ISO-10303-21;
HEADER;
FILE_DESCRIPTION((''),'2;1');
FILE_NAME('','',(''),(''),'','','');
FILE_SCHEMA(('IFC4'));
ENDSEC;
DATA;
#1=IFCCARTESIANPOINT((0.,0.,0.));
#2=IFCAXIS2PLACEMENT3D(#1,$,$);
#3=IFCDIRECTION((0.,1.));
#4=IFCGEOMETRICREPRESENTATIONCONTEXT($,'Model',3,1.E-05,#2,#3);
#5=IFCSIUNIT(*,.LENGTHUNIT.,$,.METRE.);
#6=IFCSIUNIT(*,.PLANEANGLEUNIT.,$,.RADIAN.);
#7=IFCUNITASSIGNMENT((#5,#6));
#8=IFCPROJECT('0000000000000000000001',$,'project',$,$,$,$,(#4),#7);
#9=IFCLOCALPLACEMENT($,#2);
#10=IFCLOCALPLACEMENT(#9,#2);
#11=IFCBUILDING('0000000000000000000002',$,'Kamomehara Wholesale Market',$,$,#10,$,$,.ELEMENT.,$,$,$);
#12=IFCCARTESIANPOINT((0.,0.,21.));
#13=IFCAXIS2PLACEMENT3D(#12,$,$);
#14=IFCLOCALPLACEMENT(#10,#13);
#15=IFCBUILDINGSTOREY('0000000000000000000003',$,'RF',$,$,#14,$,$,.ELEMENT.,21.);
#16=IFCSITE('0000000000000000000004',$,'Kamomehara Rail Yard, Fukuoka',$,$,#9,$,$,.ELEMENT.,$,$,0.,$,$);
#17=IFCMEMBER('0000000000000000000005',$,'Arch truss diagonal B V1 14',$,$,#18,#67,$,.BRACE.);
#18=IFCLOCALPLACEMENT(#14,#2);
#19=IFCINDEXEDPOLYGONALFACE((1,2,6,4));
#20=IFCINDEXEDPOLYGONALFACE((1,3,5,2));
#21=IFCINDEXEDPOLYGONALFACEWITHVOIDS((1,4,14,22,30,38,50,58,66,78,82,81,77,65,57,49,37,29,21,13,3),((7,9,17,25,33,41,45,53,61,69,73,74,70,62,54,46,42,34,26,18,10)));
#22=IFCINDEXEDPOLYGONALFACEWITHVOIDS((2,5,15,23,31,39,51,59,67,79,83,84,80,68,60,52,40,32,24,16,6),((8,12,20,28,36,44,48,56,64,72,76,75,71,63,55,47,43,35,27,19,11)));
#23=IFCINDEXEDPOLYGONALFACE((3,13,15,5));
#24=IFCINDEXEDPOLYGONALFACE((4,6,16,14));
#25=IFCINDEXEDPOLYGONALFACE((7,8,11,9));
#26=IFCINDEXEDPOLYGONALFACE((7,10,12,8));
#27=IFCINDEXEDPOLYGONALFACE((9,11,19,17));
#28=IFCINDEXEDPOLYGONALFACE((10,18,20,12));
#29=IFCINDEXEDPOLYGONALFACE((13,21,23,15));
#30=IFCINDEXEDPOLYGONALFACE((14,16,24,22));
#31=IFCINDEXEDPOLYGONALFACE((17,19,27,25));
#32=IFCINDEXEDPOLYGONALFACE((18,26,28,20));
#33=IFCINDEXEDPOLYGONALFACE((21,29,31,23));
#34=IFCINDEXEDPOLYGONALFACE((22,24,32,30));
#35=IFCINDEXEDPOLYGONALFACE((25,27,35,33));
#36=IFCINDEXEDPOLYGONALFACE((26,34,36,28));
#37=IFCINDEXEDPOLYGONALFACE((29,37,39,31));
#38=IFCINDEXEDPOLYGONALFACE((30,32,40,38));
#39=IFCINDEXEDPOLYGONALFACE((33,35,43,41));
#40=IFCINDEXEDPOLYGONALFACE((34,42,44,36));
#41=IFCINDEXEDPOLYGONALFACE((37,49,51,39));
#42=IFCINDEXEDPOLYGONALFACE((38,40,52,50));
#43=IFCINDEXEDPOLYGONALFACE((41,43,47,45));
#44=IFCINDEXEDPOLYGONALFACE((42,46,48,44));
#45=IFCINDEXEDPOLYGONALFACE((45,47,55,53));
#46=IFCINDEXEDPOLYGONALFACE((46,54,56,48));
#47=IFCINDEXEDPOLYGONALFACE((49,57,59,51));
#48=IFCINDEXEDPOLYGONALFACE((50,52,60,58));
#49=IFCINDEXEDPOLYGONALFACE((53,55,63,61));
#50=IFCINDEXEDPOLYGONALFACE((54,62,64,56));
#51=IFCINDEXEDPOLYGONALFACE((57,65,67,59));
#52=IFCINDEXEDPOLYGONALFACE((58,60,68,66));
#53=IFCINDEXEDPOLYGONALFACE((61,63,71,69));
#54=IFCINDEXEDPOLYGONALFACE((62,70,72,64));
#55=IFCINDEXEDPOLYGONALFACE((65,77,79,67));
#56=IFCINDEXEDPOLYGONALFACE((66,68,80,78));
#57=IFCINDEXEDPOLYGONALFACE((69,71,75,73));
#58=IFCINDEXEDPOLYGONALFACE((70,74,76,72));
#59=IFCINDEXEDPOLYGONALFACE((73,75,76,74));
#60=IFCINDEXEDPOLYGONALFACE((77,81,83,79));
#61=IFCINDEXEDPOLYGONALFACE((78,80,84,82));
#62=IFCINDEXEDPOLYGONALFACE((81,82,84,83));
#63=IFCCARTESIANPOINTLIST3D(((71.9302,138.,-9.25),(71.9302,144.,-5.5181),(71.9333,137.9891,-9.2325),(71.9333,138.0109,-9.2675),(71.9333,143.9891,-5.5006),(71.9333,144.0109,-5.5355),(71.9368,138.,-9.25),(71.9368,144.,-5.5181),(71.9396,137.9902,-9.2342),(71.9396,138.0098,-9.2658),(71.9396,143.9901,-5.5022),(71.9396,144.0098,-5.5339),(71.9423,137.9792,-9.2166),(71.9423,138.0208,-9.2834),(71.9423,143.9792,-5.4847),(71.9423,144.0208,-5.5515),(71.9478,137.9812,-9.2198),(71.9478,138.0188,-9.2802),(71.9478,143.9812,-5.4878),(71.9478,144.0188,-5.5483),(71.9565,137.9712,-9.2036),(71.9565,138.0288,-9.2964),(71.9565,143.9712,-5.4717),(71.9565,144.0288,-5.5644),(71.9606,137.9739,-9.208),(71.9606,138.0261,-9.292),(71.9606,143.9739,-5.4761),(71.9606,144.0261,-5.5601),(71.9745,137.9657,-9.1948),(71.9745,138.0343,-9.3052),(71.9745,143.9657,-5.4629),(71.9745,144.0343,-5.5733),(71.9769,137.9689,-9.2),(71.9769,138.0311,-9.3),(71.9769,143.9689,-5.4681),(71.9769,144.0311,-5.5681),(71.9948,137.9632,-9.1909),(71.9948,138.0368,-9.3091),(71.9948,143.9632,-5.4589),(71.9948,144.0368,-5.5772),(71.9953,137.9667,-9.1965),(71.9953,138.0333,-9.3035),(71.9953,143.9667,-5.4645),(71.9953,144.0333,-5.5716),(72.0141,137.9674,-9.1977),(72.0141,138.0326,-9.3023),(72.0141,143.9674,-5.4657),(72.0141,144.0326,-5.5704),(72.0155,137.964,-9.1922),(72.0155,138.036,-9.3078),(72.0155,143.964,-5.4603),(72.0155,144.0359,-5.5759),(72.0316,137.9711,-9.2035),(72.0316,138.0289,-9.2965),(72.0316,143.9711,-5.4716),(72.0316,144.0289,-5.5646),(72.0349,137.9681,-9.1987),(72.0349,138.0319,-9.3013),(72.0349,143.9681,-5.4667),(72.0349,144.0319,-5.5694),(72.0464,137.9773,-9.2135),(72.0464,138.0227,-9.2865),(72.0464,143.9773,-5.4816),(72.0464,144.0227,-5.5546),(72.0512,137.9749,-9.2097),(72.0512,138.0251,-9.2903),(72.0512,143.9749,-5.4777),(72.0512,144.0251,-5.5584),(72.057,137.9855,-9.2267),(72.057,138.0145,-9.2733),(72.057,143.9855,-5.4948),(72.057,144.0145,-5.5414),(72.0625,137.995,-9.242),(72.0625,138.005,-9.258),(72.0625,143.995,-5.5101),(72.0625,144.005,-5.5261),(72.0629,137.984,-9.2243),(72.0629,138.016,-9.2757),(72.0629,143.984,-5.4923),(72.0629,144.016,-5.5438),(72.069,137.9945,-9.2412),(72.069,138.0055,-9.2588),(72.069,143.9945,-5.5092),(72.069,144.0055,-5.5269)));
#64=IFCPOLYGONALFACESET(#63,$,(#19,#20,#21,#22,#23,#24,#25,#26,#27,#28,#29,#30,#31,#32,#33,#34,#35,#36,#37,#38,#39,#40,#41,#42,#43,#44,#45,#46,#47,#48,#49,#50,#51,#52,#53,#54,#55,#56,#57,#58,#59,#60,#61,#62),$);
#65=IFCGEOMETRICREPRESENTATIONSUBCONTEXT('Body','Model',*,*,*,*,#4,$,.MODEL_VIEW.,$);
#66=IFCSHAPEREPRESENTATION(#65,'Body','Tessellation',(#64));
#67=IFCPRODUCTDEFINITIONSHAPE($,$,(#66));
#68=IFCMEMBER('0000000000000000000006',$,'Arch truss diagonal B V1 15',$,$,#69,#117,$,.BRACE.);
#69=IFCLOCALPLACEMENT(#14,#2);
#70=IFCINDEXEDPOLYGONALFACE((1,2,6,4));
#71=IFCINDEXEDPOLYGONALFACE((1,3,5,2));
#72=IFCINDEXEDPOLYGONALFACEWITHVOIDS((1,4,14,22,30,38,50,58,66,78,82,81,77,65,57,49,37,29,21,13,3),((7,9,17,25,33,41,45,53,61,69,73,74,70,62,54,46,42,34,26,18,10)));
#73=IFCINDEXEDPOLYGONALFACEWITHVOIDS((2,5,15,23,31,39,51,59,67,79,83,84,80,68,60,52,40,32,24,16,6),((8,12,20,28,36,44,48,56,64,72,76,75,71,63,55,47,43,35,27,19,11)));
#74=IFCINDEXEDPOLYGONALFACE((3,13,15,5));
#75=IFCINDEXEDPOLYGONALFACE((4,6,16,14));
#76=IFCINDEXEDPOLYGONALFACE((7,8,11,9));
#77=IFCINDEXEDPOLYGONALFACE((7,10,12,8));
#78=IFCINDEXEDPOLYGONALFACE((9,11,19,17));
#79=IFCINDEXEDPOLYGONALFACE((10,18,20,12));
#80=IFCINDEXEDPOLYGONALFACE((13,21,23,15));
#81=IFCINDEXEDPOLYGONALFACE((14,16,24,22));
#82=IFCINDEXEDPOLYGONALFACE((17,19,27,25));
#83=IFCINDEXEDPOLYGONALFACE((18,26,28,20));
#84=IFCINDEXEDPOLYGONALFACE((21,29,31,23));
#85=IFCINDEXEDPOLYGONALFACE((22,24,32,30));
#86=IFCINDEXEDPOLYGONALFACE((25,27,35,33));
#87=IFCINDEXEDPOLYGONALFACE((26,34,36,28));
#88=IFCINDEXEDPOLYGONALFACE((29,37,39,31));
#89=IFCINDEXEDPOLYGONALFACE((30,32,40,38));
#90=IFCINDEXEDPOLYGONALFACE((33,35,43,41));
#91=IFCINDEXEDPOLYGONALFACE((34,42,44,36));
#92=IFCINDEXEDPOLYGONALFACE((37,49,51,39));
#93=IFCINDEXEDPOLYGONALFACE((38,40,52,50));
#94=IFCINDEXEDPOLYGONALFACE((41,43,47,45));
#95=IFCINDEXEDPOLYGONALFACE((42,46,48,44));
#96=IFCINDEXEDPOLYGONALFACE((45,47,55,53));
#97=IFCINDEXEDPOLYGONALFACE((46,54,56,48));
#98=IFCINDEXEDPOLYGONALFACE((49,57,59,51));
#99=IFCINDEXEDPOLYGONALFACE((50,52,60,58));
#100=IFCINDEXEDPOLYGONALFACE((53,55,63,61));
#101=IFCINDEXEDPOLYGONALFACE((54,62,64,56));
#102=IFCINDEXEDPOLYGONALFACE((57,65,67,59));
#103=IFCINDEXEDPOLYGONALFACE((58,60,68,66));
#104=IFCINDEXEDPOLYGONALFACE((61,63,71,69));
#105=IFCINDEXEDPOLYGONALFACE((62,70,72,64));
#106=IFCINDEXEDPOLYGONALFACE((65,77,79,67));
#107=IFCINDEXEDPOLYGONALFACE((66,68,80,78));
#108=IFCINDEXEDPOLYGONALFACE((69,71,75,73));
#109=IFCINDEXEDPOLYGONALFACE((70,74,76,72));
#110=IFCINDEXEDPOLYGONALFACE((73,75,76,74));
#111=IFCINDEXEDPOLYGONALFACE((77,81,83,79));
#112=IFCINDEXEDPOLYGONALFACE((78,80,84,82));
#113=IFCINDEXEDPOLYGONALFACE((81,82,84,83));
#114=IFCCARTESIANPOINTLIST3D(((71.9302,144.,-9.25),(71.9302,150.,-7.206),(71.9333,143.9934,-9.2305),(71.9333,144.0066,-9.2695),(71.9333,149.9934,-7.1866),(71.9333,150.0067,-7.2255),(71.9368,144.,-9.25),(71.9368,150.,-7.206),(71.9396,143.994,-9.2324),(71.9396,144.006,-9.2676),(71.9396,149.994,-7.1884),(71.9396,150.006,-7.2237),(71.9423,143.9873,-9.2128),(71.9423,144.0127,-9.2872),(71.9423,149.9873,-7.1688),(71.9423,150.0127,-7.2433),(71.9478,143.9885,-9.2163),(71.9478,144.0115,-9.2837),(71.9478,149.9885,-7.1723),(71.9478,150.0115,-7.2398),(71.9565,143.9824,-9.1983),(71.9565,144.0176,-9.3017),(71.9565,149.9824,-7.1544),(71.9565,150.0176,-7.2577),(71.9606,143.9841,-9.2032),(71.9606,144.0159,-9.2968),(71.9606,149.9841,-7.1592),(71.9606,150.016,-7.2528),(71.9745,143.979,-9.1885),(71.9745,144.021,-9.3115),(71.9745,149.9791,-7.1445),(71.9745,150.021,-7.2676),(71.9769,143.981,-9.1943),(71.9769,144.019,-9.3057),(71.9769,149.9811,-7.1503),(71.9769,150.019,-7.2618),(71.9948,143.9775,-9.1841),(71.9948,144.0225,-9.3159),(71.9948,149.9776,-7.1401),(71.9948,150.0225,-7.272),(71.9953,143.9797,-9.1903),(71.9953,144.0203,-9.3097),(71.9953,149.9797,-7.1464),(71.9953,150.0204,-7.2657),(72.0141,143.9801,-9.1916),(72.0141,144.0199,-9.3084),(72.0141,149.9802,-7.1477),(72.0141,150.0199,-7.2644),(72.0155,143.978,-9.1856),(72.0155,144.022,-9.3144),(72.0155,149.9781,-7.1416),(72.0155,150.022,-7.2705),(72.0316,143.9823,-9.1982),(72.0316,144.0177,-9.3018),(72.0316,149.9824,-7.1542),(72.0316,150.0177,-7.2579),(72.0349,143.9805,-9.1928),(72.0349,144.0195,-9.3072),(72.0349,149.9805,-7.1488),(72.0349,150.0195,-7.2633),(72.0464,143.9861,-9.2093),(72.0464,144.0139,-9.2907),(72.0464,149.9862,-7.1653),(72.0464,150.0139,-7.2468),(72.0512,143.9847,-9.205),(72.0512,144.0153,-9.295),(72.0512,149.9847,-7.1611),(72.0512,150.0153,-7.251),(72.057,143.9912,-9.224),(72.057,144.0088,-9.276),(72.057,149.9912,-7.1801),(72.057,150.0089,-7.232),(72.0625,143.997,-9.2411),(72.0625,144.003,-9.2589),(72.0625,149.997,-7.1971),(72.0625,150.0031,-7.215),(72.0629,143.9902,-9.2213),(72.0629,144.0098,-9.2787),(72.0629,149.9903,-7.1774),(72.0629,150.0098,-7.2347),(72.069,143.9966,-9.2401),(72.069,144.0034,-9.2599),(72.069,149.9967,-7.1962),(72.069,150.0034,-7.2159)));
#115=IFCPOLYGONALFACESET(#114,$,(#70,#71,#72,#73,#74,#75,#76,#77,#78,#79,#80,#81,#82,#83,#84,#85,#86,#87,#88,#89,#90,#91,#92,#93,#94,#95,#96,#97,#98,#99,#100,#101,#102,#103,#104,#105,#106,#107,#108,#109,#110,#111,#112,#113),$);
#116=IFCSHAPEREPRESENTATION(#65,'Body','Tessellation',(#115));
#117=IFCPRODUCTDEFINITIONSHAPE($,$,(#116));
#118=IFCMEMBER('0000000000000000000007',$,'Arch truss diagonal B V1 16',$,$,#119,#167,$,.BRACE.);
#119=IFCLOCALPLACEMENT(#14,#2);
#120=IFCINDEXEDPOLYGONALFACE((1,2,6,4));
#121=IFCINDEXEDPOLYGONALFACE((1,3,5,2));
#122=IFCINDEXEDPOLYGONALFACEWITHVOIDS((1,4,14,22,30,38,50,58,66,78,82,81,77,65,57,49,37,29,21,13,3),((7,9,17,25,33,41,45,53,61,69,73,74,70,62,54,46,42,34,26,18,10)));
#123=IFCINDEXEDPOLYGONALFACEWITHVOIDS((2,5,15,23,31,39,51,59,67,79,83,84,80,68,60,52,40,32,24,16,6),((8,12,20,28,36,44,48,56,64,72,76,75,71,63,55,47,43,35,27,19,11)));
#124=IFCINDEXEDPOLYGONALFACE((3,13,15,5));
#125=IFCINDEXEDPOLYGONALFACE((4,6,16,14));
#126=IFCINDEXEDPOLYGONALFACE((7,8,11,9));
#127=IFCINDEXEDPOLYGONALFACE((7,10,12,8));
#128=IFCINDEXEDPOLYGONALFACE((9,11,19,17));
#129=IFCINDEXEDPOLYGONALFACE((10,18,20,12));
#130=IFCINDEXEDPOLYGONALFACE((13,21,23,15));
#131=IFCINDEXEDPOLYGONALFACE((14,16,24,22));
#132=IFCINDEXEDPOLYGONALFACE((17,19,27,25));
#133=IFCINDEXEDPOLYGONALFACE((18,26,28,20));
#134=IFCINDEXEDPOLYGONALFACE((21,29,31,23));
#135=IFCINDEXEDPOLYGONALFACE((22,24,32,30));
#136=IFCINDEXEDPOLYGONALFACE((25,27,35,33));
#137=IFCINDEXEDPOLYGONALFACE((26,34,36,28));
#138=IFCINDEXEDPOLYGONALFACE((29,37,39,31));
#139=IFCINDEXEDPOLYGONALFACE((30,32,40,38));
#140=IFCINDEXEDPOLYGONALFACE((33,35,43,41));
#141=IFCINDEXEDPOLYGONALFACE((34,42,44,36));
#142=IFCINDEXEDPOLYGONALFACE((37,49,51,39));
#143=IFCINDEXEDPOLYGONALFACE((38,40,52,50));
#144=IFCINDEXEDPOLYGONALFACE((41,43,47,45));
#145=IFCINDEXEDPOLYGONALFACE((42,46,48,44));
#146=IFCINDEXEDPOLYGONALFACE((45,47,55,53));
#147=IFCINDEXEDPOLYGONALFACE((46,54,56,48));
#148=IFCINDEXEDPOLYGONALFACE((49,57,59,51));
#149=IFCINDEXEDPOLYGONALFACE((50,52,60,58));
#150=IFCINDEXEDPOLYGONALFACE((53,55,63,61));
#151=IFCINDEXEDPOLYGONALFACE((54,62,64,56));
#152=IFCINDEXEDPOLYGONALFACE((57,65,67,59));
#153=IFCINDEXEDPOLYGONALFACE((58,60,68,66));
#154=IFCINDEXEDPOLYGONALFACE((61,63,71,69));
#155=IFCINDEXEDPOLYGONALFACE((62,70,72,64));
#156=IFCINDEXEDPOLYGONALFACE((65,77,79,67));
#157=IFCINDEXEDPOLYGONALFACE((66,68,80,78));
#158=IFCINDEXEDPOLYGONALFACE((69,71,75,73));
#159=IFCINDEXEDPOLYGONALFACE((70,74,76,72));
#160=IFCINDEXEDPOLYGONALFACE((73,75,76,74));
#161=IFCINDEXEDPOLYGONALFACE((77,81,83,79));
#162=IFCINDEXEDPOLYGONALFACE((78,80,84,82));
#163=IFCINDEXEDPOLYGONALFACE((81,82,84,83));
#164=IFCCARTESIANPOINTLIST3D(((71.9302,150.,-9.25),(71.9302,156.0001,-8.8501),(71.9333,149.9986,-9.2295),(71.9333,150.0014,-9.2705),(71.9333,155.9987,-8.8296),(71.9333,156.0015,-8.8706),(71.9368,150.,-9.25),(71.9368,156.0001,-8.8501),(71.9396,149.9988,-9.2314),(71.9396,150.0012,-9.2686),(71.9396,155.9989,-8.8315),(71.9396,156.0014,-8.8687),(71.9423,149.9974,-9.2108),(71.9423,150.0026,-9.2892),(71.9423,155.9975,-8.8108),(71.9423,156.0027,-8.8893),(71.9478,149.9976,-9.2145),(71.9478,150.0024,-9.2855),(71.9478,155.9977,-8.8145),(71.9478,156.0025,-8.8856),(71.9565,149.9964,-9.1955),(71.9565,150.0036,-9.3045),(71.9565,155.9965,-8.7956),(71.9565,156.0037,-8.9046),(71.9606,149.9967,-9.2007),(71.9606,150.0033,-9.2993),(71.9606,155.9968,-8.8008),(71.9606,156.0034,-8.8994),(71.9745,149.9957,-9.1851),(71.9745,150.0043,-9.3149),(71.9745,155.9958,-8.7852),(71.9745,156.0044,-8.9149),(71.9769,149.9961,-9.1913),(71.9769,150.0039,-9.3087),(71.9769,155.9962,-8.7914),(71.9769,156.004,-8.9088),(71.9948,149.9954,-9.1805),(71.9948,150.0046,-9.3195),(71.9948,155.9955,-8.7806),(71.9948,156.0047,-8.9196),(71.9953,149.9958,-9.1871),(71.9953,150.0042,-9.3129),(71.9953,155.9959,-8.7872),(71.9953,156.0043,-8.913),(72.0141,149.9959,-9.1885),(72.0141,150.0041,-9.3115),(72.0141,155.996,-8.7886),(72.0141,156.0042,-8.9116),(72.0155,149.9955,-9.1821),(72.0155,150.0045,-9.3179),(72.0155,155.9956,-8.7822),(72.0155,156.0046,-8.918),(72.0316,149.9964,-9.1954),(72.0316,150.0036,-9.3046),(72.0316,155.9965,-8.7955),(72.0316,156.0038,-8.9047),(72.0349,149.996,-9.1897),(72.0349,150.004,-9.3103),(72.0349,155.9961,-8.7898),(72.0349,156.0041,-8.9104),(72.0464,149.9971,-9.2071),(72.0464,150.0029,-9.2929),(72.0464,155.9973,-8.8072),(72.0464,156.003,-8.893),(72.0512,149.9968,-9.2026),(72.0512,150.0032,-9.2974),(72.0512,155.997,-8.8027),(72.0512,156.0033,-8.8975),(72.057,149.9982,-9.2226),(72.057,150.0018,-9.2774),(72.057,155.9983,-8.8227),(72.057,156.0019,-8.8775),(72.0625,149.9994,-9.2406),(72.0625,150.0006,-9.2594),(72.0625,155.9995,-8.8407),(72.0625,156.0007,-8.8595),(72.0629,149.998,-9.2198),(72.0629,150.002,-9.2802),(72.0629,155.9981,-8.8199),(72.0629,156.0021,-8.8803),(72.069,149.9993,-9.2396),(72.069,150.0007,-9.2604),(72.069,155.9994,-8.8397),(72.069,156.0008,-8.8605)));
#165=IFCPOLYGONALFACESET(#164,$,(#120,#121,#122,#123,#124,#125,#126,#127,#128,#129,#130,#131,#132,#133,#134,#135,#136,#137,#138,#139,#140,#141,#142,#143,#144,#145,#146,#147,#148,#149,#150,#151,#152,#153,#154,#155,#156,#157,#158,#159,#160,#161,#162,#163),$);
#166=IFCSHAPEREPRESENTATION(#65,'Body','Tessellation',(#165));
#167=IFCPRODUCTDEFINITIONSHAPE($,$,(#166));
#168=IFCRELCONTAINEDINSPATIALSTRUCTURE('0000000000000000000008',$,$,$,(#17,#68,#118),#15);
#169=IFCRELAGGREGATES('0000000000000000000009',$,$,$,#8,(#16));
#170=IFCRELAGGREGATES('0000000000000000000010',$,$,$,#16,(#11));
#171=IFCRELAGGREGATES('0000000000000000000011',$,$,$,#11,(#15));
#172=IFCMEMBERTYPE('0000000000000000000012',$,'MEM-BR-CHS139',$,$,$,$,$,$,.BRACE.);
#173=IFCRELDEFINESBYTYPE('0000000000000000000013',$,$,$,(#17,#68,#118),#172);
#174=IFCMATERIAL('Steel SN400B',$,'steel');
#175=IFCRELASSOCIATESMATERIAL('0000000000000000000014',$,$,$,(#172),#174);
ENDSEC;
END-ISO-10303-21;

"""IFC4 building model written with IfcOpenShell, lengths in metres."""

from ifc_helpers import new_model, si_unit, direction, frame, origin, origin_2d, place, context, subcontext, project, spatial, hollow_circle, extrude, material, material_profile, profile_set, type_object, element, save


model = new_model("IFC4")

# Units and contexts
model_context = context("Model", 3, precision=1e-05, world=origin(), true_north=direction((0.0, 1.0)))
body_context = subcontext(model_context, "Body", "Model", "MODEL_VIEW")
ifc_project = project(units=[si_unit("LENGTHUNIT", "METRE"), si_unit("PLANEANGLEUNIT", "RADIAN")], contexts=[model_context])

# Site, building, storey
site_placement = place(None, origin())
site = spatial("IfcSite", under=ifc_project, at=site_placement, Name="Kamomehara Rail Yard, Fukuoka", CompositionType="ELEMENT", RefElevation=0.0)
building_placement = place(site_placement, origin())
building = spatial("IfcBuilding", under=site, at=building_placement, Name="Kamomehara Wholesale Market", CompositionType="ELEMENT")
storey_placement = place(building_placement, frame((0.0, 0.0, 21.0)))
storey = spatial("IfcBuildingStorey", under=building, at=storey_placement, Name="RF", CompositionType="ELEMENT", Elevation=21.0)

# Members
ifc_material_1 = material(Name="Steel SN400B", Category="steel")
ifc_material_profile_1 = material_profile(ifc_material_1, hollow_circle(Radius=0.0698, WallThickness=0.0066, at=origin_2d()), Name="CHS-139.8x6.6")
ifc_profile_set_1 = profile_set([ifc_material_profile_1], Name="Steel SN400B")
member_type_1 = type_object("IfcMemberType", Name="MEM-BR-CHS139", PredefinedType="BRACE", material=ifc_profile_set_1)
member_1_placement = place(storey_placement, frame((72.0, 138.0, -9.25), z_axis=(0.0, 0.849145, 0.528159), x_axis=(-1.0, 0.0, 0.0)))
element("IfcMember", 1, at=member_1_placement, inside=storey, type_object=member_type_1, Name="Arch truss diagonal B V1 14", PredefinedType="BRACE", context=body_context, shape_type="SweptSolid", body=[
    extrude(hollow_circle(Radius=0.0698, WallThickness=0.0066, at=origin_2d()), origin(), (0.0, 0.0, 1.0), 7.0659),
])
member_2_placement = place(storey_placement, frame((72.0, 144.0, -9.25), z_axis=(0.0, 0.946583, 0.322461), x_axis=(-1.0, 0.0, 0.0)))
element("IfcMember", 2, at=member_2_placement, inside=storey, type_object=member_type_1, Name="Arch truss diagonal B V1 15", PredefinedType="BRACE", context=body_context, shape_type="SweptSolid", body=[
    extrude(hollow_circle(Radius=0.0698, WallThickness=0.0066, at=origin_2d()), origin(), (0.0, 0.0, 1.0), 6.3386),
])
member_3_placement = place(storey_placement, frame((72.0, 150.0, -9.25), z_axis=(0.0, 0.997786, 0.066503), x_axis=(-1.0, 0.0, 0.0)))
element("IfcMember", 3, at=member_3_placement, inside=storey, type_object=member_type_1, Name="Arch truss diagonal B V1 16", PredefinedType="BRACE", context=body_context, shape_type="SweptSolid", body=[
    extrude(hollow_circle(Radius=0.0698, WallThickness=0.0066, at=origin_2d()), origin(), (0.0, 0.0, 1.0), 6.0134),
])

save(model, "model.ifc")
